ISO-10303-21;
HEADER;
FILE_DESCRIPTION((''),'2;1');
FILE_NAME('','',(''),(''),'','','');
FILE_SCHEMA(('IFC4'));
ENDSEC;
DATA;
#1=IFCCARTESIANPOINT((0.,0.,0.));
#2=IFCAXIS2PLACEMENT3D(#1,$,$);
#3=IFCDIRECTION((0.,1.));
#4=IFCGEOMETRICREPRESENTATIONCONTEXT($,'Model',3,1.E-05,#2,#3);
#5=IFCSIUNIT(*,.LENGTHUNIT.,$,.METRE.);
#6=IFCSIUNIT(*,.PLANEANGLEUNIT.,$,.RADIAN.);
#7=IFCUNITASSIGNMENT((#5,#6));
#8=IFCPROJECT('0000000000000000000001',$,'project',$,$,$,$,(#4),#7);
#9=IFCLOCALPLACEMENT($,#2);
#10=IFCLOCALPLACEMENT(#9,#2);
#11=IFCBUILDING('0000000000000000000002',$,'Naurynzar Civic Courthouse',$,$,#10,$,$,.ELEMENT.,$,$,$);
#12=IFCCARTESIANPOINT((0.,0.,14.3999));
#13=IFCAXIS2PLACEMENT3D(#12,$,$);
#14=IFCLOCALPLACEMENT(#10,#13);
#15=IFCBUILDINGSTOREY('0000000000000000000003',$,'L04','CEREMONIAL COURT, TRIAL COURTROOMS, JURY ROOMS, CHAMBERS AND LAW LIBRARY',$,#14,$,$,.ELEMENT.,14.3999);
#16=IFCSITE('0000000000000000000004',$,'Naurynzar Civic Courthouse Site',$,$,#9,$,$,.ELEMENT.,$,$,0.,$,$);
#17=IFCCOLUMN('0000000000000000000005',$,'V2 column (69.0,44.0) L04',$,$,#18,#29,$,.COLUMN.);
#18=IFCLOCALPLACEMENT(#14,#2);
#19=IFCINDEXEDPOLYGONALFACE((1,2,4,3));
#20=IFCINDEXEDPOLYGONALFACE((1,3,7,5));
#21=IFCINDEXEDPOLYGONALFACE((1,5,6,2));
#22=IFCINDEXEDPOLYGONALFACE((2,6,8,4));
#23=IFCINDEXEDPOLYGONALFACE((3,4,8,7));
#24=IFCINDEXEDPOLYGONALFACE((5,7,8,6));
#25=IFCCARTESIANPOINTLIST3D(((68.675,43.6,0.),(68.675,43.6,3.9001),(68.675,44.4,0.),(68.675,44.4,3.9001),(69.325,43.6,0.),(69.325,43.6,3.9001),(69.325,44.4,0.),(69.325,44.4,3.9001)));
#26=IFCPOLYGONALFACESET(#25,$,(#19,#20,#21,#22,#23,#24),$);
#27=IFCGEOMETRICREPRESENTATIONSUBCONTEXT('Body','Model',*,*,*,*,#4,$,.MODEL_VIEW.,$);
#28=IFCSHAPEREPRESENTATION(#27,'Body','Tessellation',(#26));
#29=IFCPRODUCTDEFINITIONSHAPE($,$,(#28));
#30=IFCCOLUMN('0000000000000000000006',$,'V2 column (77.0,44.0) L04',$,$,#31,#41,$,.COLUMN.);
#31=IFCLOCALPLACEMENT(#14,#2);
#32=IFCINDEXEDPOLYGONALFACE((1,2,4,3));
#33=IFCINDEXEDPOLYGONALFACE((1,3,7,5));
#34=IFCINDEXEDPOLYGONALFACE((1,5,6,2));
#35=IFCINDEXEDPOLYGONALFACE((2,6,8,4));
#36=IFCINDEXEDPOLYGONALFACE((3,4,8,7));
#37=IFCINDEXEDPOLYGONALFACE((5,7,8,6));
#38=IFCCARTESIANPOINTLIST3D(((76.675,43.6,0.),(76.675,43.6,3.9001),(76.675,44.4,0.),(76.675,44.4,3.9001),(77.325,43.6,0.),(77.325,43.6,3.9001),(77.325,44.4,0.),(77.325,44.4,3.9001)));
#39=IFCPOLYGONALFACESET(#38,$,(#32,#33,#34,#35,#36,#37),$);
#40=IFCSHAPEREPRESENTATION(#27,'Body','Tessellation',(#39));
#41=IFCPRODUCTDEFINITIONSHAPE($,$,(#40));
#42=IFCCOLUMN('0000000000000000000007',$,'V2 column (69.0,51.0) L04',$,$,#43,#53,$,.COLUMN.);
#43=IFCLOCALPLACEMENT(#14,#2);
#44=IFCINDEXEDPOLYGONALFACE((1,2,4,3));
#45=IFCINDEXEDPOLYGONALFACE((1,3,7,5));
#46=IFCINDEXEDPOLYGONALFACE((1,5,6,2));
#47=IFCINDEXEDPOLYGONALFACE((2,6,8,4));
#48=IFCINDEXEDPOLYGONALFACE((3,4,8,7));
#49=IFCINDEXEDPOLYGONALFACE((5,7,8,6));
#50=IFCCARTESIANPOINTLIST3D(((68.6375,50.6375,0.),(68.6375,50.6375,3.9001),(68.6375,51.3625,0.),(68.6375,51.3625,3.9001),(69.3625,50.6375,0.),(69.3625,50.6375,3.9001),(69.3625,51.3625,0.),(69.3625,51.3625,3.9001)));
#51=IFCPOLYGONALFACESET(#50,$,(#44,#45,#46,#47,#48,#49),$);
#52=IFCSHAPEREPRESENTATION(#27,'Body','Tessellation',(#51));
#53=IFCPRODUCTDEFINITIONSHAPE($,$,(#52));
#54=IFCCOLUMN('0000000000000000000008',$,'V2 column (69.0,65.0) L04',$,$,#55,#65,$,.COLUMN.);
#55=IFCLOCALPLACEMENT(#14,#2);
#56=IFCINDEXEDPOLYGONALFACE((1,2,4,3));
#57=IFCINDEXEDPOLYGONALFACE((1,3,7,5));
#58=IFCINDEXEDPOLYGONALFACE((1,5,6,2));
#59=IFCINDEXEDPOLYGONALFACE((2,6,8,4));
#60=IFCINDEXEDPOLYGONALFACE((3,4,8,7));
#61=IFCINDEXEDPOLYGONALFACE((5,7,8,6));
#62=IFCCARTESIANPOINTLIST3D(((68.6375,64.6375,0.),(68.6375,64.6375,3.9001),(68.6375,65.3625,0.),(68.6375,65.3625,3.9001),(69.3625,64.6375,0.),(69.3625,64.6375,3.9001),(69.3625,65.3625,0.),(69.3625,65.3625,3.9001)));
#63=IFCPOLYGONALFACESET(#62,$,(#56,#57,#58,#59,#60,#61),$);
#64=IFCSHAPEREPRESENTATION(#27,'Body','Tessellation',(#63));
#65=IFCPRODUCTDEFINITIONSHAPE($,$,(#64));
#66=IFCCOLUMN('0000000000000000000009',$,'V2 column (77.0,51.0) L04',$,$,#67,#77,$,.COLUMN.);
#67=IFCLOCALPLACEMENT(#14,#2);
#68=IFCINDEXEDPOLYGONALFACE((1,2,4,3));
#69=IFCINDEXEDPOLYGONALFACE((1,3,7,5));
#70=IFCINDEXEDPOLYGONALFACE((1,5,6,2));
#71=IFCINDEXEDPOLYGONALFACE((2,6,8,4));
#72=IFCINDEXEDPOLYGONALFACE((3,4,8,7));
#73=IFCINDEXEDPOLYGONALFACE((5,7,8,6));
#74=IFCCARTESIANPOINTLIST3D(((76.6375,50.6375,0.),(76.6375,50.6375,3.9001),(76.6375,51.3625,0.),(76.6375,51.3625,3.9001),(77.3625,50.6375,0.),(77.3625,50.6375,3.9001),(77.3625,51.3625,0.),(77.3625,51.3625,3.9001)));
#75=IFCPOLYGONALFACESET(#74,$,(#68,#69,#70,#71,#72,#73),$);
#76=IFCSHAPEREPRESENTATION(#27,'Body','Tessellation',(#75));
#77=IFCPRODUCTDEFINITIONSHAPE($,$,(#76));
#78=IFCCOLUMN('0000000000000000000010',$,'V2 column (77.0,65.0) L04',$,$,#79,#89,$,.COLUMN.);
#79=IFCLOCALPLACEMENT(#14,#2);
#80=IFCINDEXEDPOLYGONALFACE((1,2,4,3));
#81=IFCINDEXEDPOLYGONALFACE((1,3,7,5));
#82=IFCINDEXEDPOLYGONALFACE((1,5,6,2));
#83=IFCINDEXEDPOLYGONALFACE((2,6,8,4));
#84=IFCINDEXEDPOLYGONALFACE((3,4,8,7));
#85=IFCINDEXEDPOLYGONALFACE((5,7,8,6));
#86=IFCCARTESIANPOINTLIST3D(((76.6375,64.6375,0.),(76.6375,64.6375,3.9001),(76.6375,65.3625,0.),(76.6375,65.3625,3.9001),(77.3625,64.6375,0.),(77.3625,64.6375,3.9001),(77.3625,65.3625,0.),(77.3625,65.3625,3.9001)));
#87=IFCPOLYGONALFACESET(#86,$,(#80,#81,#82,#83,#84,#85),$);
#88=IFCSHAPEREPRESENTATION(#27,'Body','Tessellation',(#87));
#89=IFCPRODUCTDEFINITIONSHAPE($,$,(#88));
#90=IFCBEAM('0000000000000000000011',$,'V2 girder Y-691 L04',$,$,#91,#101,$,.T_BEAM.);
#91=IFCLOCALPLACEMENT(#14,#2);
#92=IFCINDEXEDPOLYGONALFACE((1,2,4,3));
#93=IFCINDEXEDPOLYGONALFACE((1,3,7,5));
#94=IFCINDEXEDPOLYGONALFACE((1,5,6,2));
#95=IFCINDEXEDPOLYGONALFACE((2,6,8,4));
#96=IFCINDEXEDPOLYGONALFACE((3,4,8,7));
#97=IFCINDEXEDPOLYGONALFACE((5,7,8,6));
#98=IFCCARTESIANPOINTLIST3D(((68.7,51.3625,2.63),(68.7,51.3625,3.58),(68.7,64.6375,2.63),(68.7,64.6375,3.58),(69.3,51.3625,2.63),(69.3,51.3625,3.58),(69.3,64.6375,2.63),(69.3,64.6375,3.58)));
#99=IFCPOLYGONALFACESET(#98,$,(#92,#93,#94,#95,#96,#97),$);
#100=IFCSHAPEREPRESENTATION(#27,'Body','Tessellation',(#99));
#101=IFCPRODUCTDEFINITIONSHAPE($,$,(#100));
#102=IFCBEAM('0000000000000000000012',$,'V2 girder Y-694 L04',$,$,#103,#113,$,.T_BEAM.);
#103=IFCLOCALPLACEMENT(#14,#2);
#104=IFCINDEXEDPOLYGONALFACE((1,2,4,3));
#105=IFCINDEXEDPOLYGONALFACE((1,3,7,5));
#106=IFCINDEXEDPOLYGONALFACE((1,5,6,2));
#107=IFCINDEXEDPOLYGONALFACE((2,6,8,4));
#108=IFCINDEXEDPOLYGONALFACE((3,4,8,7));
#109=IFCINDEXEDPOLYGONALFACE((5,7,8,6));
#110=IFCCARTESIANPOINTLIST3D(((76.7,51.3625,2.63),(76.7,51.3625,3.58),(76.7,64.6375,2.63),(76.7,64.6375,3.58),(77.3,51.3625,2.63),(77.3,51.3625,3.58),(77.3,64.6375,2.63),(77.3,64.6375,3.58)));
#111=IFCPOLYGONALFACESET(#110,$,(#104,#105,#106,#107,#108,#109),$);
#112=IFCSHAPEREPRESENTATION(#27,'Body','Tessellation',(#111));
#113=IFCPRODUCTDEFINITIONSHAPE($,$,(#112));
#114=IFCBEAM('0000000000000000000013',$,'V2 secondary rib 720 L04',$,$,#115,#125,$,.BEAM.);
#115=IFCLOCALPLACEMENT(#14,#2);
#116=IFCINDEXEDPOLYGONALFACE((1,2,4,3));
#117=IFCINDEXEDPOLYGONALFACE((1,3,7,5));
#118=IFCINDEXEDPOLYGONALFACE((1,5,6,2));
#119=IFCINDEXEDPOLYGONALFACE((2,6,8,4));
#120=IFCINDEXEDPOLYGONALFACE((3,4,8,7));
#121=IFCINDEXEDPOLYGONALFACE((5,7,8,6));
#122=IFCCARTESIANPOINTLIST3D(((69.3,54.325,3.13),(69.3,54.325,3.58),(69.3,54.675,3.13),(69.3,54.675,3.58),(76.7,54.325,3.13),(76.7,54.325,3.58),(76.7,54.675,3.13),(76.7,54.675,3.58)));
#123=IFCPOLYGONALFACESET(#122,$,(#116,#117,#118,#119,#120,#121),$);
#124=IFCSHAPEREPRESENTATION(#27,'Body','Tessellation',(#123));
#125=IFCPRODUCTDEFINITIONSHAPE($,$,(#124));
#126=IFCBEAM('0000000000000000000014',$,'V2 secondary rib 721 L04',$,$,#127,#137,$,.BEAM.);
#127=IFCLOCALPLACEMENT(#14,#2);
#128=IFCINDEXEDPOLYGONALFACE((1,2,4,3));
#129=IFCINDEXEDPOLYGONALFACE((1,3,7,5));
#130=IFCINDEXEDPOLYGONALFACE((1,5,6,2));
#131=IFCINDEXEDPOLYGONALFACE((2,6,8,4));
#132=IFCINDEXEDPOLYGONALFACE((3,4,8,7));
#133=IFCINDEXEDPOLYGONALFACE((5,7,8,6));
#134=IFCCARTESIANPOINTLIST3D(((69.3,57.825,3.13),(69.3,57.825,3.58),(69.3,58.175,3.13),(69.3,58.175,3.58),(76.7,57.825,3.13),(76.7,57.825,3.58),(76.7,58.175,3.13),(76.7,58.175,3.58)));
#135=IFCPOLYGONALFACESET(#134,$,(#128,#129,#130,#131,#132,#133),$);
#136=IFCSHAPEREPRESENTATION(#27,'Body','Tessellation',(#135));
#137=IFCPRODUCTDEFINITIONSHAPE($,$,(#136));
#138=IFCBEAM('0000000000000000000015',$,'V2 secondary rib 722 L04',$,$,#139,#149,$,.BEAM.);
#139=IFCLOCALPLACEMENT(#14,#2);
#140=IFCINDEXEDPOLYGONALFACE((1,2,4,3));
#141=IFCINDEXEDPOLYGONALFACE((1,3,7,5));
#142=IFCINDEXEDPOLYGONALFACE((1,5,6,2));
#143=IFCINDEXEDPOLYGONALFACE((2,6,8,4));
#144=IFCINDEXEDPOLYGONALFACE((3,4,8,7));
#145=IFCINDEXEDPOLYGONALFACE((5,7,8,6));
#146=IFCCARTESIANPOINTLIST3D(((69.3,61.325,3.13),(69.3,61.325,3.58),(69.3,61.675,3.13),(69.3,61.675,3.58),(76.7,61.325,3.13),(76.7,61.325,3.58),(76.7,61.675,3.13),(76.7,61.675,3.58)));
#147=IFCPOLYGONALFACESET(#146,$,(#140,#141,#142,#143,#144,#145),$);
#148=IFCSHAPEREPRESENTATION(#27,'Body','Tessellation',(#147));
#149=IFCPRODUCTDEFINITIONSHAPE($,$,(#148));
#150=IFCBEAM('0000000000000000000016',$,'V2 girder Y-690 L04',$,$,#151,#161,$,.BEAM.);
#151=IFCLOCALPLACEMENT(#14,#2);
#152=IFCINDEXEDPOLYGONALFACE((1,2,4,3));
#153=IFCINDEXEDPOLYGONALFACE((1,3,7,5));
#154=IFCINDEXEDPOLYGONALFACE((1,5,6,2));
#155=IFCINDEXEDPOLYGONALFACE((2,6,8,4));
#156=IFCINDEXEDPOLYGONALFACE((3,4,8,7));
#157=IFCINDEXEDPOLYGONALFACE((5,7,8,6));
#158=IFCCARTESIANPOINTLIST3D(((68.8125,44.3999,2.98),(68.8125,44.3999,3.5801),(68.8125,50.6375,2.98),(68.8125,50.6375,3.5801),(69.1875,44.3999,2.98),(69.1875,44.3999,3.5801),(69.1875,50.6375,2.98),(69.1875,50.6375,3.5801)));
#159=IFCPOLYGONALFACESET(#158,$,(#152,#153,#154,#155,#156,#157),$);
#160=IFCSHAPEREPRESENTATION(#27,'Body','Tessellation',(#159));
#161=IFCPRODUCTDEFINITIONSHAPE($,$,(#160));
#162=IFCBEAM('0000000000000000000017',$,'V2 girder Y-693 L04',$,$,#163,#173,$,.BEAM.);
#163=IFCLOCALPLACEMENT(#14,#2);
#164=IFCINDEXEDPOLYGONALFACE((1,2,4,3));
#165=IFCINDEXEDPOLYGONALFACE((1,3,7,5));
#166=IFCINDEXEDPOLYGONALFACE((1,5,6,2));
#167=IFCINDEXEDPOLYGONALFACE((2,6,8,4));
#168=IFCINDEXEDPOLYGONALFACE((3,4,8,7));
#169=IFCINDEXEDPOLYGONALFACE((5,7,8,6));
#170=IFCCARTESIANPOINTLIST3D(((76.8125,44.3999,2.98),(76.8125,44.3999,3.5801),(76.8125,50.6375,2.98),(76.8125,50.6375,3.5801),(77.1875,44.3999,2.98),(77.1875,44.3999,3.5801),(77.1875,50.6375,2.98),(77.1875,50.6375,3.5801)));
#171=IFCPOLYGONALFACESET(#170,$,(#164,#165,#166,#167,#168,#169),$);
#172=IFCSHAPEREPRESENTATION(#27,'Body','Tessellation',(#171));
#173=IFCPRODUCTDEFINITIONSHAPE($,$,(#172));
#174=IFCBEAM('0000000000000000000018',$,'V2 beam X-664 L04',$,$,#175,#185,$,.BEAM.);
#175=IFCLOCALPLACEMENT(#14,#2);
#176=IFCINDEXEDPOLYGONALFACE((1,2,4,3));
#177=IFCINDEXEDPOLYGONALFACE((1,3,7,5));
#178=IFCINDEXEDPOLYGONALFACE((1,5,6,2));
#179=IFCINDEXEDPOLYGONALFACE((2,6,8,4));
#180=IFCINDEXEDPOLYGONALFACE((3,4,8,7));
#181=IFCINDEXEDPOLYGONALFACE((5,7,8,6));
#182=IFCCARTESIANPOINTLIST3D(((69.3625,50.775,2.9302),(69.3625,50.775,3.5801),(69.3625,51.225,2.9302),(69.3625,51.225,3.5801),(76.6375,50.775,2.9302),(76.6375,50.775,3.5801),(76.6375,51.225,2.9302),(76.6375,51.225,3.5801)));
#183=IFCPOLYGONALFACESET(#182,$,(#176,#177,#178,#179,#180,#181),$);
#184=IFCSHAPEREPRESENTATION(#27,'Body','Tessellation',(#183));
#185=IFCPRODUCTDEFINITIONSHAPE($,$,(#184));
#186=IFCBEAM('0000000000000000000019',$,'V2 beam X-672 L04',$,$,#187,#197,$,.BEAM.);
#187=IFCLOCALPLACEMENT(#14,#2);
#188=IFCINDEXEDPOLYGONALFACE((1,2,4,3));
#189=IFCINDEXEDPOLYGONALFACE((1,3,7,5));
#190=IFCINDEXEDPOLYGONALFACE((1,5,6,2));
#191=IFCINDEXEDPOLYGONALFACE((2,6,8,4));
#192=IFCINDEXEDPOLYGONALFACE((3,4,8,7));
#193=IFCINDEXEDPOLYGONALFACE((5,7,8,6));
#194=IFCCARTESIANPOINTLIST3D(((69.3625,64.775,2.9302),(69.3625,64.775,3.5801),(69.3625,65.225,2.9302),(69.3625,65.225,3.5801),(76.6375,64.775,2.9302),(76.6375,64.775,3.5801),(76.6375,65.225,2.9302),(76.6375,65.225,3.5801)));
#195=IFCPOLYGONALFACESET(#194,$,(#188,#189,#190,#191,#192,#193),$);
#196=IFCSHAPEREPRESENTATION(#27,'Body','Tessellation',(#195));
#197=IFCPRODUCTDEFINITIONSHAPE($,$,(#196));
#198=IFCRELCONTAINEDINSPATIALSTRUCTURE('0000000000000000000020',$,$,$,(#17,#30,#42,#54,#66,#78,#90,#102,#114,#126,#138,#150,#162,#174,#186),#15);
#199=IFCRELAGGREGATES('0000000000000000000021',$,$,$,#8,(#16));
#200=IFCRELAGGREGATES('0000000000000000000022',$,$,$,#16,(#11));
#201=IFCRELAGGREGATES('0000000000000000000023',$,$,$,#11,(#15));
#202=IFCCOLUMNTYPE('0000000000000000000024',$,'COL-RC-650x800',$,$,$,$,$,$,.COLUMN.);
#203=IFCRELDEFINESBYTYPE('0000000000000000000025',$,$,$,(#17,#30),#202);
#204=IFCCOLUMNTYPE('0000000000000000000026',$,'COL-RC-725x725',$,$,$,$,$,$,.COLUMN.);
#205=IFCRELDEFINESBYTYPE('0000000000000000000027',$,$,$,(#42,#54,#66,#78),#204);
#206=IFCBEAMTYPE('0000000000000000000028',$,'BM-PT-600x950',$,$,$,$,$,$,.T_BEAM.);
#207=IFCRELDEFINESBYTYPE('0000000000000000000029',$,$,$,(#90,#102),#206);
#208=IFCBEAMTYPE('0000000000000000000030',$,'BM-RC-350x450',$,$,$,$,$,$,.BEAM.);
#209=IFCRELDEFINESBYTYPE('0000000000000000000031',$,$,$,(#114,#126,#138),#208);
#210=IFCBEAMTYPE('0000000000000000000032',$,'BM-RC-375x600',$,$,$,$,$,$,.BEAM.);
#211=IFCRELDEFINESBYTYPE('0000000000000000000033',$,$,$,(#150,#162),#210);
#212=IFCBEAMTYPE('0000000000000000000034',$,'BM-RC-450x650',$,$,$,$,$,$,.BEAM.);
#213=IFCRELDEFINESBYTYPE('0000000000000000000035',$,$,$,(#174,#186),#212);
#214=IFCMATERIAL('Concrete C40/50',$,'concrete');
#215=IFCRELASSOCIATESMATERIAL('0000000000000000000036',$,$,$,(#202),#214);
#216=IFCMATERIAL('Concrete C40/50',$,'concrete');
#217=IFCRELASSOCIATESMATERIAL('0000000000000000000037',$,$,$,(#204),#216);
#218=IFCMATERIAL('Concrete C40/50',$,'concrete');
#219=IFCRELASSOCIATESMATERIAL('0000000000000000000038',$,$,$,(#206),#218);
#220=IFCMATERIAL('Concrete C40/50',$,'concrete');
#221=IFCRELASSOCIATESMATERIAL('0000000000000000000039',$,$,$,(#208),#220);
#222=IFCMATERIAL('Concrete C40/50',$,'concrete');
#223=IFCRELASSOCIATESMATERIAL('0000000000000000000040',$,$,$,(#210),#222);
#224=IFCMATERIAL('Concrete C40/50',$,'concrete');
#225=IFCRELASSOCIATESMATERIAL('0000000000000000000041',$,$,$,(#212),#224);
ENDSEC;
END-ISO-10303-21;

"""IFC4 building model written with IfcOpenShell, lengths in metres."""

from ifc_helpers import new_model, si_unit, direction, frame, origin, origin_2d, place, context, subcontext, project, spatial, rectangle, extrude, material, material_profile, profile_set, type_object, element, save


model = new_model("IFC4")

# Units and contexts
model_context = context("Model", 3, precision=1e-05, world=origin(), true_north=direction((0.0, 1.0)))
body_context = subcontext(model_context, "Body", "Model", "MODEL_VIEW")
ifc_project = project(units=[si_unit("LENGTHUNIT", "METRE"), si_unit("PLANEANGLEUNIT", "RADIAN")], contexts=[model_context])

# Site, building, storey
site_placement = place(None, origin())
site = spatial("IfcSite", under=ifc_project, at=site_placement, Name="Naurynzar Civic Courthouse Site", CompositionType="ELEMENT", RefElevation=0.0)
building_placement = place(site_placement, origin())
building = spatial("IfcBuilding", under=site, at=building_placement, Name="Naurynzar Civic Courthouse", CompositionType="ELEMENT")
storey_placement = place(building_placement, frame((0.0, 0.0, 14.3999)))
storey = spatial("IfcBuildingStorey", under=building, at=storey_placement, Name="L04", Description="CEREMONIAL COURT, TRIAL COURTROOMS, JURY ROOMS, CHAMBERS AND LAW LIBRARY", CompositionType="ELEMENT", Elevation=14.3999)

# Columns
ifc_material_1 = material(Name="Concrete C40/50", Category="concrete")
ifc_material_profile_1 = material_profile(ifc_material_1, rectangle(XDim=0.6499, YDim=0.8, at=origin_2d()), Name="RC 650x800")
ifc_profile_set_1 = profile_set([ifc_material_profile_1], Name="Concrete C40/50")
column_type_1 = type_object("IfcColumnType", Name="COL-RC-650x800", PredefinedType="COLUMN", material=ifc_profile_set_1)
for number, where, z_axis, x_axis, name in (
    (1, (69.0, 44.0, 0.0), (0.0, 0.0, 1.0), (1.0, 0.0, 0.0), "V2 column (69.0,44.0) L04"),
    (2, (77.0, 44.0, 0.0), (0.0, 0.0, 1.0), (1.0, 0.0, 0.0), "V2 column (77.0,44.0) L04"),
):
    element("IfcColumn", number, at=place(storey_placement, frame(where, z_axis=z_axis, x_axis=x_axis)), inside=storey, type_object=column_type_1, Name=name, PredefinedType="COLUMN", context=body_context, shape_type="SweptSolid", body=[
        extrude(rectangle(XDim=0.6499, YDim=0.8, at=origin_2d()), origin(), (0.0, 0.0, 1.0), 3.9001),
    ])
ifc_material_2 = material(Name="Concrete C40/50", Category="concrete")
ifc_material_profile_2 = material_profile(ifc_material_2, rectangle(XDim=0.7251, YDim=0.7251, at=origin_2d()), Name="RC 725x725")
ifc_profile_set_2 = profile_set([ifc_material_profile_2], Name="Concrete C40/50")
column_type_2 = type_object("IfcColumnType", Name="COL-RC-725x725", PredefinedType="COLUMN", material=ifc_profile_set_2)
for number, where, z_axis, x_axis, name in (
    (3, (69.0, 51.0, 0.0), (0.0, 0.0, 1.0), (1.0, 0.0, 0.0), "V2 column (69.0,51.0) L04"),
    (4, (69.0, 65.0, 0.0), (0.0, 0.0, 1.0), (1.0, 0.0, 0.0), "V2 column (69.0,65.0) L04"),
    (5, (77.0, 51.0, 0.0), (0.0, 0.0, 1.0), (1.0, 0.0, 0.0), "V2 column (77.0,51.0) L04"),
    (6, (77.0, 65.0, 0.0), (0.0, 0.0, 1.0), (1.0, 0.0, 0.0), "V2 column (77.0,65.0) L04"),
):
    element("IfcColumn", number, at=place(storey_placement, frame(where, z_axis=z_axis, x_axis=x_axis)), inside=storey, type_object=column_type_2, Name=name, PredefinedType="COLUMN", context=body_context, shape_type="SweptSolid", body=[
        extrude(rectangle(XDim=0.7251, YDim=0.7251, at=origin_2d()), origin(), (0.0, 0.0, 1.0), 3.9001),
    ])

# Beams
ifc_material_3 = material(Name="Concrete C40/50", Category="concrete")
ifc_material_profile_3 = material_profile(ifc_material_3, rectangle(XDim=0.6001, YDim=0.95, at=origin_2d()), Name="PTB 600x950")
ifc_profile_set_3 = profile_set([ifc_material_profile_3], Name="Concrete C40/50")
beam_type_1 = type_object("IfcBeamType", Name="BM-PT-600x950", PredefinedType="T_BEAM", material=ifc_profile_set_3)
for number, where, z_axis, x_axis, name in (
    (7, (69.0, 51.3625, 3.105), (0.0, 1.0, 0.0), (-1.0, 0.0, 0.0), "V2 girder Y-691 L04"),
    (8, (77.0, 51.3625, 3.105), (0.0, 1.0, 0.0), (-1.0, 0.0, 0.0), "V2 girder Y-694 L04"),
):
    element("IfcBeam", number, at=place(storey_placement, frame(where, z_axis=z_axis, x_axis=x_axis)), inside=storey, type_object=beam_type_1, Name=name, PredefinedType="T_BEAM", context=body_context, shape_type="SweptSolid", body=[
        extrude(rectangle(XDim=0.6001, YDim=0.95, at=origin_2d()), origin(), (0.0, 0.0, 1.0), 13.2749),
    ])
ifc_material_4 = material(Name="Concrete C40/50", Category="concrete")
ifc_material_profile_4 = material_profile(ifc_material_4, rectangle(XDim=0.3501, YDim=0.45, at=origin_2d()), Name="RCB 350x450")
ifc_profile_set_4 = profile_set([ifc_material_profile_4], Name="Concrete C40/50")
beam_type_2 = type_object("IfcBeamType", Name="BM-RC-350x450", PredefinedType="BEAM", material=ifc_profile_set_4)
for number, where, z_axis, x_axis, name in (
    (9, (69.3, 54.5, 3.355), (1.0, 0.0, 0.0), (0.0, 1.0, 0.0), "V2 secondary rib 720 L04"),
    (10, (69.3, 58.0, 3.355), (1.0, 0.0, 0.0), (0.0, 1.0, 0.0), "V2 secondary rib 721 L04"),
    (11, (69.3, 61.5, 3.355), (1.0, 0.0, 0.0), (0.0, 1.0, 0.0), "V2 secondary rib 722 L04"),
):
    element("IfcBeam", number, at=place(storey_placement, frame(where, z_axis=z_axis, x_axis=x_axis)), inside=storey, type_object=beam_type_2, Name=name, PredefinedType="BEAM", context=body_context, shape_type="SweptSolid", body=[
        extrude(rectangle(XDim=0.3501, YDim=0.45, at=origin_2d()), origin(), (0.0, 0.0, 1.0), 7.3999),
    ])
ifc_material_5 = material(Name="Concrete C40/50", Category="concrete")
ifc_material_profile_5 = material_profile(ifc_material_5, rectangle(XDim=0.375, YDim=0.6001, at=origin_2d()), Name="RCB 375x600")
ifc_profile_set_5 = profile_set([ifc_material_profile_5], Name="Concrete C40/50")
beam_type_3 = type_object("IfcBeamType", Name="BM-RC-375x600", PredefinedType="BEAM", material=ifc_profile_set_5)
for number, where, z_axis, x_axis, name in (
    (12, (69.0, 44.3999, 3.28), (0.0, 1.0, 0.0), (-1.0, 0.0, 0.0), "V2 girder Y-690 L04"),
    (13, (77.0, 44.3999, 3.28), (0.0, 1.0, 0.0), (-1.0, 0.0, 0.0), "V2 girder Y-693 L04"),
):
    element("IfcBeam", number, at=place(storey_placement, frame(where, z_axis=z_axis, x_axis=x_axis)), inside=storey, type_object=beam_type_3, Name=name, PredefinedType="BEAM", context=body_context, shape_type="SweptSolid", body=[
        extrude(rectangle(XDim=0.375, YDim=0.6001, at=origin_2d()), origin(), (0.0, 0.0, 1.0), 6.2375),
    ])
ifc_material_6 = material(Name="Concrete C40/50", Category="concrete")
ifc_material_profile_6 = material_profile(ifc_material_6, rectangle(XDim=0.45, YDim=0.6499, at=origin_2d()), Name="RCB 450x650")
ifc_profile_set_6 = profile_set([ifc_material_profile_6], Name="Concrete C40/50")
beam_type_4 = type_object("IfcBeamType", Name="BM-RC-450x650", PredefinedType="BEAM", material=ifc_profile_set_6)
for number, where, z_axis, x_axis, name in (
    (14, (69.3625, 51.0, 3.2551), (1.0, 0.0, 0.0), (0.0, 1.0, 0.0), "V2 beam X-664 L04"),
    (15, (69.3625, 65.0, 3.2551), (1.0, 0.0, 0.0), (0.0, 1.0, 0.0), "V2 beam X-672 L04"),
):
    element("IfcBeam", number, at=place(storey_placement, frame(where, z_axis=z_axis, x_axis=x_axis)), inside=storey, type_object=beam_type_4, Name=name, PredefinedType="BEAM", context=body_context, shape_type="SweptSolid", body=[
        extrude(rectangle(XDim=0.45, YDim=0.6499, at=origin_2d()), origin(), (0.0, 0.0, 1.0), 7.2749),
    ])

save(model, "model.ifc")
